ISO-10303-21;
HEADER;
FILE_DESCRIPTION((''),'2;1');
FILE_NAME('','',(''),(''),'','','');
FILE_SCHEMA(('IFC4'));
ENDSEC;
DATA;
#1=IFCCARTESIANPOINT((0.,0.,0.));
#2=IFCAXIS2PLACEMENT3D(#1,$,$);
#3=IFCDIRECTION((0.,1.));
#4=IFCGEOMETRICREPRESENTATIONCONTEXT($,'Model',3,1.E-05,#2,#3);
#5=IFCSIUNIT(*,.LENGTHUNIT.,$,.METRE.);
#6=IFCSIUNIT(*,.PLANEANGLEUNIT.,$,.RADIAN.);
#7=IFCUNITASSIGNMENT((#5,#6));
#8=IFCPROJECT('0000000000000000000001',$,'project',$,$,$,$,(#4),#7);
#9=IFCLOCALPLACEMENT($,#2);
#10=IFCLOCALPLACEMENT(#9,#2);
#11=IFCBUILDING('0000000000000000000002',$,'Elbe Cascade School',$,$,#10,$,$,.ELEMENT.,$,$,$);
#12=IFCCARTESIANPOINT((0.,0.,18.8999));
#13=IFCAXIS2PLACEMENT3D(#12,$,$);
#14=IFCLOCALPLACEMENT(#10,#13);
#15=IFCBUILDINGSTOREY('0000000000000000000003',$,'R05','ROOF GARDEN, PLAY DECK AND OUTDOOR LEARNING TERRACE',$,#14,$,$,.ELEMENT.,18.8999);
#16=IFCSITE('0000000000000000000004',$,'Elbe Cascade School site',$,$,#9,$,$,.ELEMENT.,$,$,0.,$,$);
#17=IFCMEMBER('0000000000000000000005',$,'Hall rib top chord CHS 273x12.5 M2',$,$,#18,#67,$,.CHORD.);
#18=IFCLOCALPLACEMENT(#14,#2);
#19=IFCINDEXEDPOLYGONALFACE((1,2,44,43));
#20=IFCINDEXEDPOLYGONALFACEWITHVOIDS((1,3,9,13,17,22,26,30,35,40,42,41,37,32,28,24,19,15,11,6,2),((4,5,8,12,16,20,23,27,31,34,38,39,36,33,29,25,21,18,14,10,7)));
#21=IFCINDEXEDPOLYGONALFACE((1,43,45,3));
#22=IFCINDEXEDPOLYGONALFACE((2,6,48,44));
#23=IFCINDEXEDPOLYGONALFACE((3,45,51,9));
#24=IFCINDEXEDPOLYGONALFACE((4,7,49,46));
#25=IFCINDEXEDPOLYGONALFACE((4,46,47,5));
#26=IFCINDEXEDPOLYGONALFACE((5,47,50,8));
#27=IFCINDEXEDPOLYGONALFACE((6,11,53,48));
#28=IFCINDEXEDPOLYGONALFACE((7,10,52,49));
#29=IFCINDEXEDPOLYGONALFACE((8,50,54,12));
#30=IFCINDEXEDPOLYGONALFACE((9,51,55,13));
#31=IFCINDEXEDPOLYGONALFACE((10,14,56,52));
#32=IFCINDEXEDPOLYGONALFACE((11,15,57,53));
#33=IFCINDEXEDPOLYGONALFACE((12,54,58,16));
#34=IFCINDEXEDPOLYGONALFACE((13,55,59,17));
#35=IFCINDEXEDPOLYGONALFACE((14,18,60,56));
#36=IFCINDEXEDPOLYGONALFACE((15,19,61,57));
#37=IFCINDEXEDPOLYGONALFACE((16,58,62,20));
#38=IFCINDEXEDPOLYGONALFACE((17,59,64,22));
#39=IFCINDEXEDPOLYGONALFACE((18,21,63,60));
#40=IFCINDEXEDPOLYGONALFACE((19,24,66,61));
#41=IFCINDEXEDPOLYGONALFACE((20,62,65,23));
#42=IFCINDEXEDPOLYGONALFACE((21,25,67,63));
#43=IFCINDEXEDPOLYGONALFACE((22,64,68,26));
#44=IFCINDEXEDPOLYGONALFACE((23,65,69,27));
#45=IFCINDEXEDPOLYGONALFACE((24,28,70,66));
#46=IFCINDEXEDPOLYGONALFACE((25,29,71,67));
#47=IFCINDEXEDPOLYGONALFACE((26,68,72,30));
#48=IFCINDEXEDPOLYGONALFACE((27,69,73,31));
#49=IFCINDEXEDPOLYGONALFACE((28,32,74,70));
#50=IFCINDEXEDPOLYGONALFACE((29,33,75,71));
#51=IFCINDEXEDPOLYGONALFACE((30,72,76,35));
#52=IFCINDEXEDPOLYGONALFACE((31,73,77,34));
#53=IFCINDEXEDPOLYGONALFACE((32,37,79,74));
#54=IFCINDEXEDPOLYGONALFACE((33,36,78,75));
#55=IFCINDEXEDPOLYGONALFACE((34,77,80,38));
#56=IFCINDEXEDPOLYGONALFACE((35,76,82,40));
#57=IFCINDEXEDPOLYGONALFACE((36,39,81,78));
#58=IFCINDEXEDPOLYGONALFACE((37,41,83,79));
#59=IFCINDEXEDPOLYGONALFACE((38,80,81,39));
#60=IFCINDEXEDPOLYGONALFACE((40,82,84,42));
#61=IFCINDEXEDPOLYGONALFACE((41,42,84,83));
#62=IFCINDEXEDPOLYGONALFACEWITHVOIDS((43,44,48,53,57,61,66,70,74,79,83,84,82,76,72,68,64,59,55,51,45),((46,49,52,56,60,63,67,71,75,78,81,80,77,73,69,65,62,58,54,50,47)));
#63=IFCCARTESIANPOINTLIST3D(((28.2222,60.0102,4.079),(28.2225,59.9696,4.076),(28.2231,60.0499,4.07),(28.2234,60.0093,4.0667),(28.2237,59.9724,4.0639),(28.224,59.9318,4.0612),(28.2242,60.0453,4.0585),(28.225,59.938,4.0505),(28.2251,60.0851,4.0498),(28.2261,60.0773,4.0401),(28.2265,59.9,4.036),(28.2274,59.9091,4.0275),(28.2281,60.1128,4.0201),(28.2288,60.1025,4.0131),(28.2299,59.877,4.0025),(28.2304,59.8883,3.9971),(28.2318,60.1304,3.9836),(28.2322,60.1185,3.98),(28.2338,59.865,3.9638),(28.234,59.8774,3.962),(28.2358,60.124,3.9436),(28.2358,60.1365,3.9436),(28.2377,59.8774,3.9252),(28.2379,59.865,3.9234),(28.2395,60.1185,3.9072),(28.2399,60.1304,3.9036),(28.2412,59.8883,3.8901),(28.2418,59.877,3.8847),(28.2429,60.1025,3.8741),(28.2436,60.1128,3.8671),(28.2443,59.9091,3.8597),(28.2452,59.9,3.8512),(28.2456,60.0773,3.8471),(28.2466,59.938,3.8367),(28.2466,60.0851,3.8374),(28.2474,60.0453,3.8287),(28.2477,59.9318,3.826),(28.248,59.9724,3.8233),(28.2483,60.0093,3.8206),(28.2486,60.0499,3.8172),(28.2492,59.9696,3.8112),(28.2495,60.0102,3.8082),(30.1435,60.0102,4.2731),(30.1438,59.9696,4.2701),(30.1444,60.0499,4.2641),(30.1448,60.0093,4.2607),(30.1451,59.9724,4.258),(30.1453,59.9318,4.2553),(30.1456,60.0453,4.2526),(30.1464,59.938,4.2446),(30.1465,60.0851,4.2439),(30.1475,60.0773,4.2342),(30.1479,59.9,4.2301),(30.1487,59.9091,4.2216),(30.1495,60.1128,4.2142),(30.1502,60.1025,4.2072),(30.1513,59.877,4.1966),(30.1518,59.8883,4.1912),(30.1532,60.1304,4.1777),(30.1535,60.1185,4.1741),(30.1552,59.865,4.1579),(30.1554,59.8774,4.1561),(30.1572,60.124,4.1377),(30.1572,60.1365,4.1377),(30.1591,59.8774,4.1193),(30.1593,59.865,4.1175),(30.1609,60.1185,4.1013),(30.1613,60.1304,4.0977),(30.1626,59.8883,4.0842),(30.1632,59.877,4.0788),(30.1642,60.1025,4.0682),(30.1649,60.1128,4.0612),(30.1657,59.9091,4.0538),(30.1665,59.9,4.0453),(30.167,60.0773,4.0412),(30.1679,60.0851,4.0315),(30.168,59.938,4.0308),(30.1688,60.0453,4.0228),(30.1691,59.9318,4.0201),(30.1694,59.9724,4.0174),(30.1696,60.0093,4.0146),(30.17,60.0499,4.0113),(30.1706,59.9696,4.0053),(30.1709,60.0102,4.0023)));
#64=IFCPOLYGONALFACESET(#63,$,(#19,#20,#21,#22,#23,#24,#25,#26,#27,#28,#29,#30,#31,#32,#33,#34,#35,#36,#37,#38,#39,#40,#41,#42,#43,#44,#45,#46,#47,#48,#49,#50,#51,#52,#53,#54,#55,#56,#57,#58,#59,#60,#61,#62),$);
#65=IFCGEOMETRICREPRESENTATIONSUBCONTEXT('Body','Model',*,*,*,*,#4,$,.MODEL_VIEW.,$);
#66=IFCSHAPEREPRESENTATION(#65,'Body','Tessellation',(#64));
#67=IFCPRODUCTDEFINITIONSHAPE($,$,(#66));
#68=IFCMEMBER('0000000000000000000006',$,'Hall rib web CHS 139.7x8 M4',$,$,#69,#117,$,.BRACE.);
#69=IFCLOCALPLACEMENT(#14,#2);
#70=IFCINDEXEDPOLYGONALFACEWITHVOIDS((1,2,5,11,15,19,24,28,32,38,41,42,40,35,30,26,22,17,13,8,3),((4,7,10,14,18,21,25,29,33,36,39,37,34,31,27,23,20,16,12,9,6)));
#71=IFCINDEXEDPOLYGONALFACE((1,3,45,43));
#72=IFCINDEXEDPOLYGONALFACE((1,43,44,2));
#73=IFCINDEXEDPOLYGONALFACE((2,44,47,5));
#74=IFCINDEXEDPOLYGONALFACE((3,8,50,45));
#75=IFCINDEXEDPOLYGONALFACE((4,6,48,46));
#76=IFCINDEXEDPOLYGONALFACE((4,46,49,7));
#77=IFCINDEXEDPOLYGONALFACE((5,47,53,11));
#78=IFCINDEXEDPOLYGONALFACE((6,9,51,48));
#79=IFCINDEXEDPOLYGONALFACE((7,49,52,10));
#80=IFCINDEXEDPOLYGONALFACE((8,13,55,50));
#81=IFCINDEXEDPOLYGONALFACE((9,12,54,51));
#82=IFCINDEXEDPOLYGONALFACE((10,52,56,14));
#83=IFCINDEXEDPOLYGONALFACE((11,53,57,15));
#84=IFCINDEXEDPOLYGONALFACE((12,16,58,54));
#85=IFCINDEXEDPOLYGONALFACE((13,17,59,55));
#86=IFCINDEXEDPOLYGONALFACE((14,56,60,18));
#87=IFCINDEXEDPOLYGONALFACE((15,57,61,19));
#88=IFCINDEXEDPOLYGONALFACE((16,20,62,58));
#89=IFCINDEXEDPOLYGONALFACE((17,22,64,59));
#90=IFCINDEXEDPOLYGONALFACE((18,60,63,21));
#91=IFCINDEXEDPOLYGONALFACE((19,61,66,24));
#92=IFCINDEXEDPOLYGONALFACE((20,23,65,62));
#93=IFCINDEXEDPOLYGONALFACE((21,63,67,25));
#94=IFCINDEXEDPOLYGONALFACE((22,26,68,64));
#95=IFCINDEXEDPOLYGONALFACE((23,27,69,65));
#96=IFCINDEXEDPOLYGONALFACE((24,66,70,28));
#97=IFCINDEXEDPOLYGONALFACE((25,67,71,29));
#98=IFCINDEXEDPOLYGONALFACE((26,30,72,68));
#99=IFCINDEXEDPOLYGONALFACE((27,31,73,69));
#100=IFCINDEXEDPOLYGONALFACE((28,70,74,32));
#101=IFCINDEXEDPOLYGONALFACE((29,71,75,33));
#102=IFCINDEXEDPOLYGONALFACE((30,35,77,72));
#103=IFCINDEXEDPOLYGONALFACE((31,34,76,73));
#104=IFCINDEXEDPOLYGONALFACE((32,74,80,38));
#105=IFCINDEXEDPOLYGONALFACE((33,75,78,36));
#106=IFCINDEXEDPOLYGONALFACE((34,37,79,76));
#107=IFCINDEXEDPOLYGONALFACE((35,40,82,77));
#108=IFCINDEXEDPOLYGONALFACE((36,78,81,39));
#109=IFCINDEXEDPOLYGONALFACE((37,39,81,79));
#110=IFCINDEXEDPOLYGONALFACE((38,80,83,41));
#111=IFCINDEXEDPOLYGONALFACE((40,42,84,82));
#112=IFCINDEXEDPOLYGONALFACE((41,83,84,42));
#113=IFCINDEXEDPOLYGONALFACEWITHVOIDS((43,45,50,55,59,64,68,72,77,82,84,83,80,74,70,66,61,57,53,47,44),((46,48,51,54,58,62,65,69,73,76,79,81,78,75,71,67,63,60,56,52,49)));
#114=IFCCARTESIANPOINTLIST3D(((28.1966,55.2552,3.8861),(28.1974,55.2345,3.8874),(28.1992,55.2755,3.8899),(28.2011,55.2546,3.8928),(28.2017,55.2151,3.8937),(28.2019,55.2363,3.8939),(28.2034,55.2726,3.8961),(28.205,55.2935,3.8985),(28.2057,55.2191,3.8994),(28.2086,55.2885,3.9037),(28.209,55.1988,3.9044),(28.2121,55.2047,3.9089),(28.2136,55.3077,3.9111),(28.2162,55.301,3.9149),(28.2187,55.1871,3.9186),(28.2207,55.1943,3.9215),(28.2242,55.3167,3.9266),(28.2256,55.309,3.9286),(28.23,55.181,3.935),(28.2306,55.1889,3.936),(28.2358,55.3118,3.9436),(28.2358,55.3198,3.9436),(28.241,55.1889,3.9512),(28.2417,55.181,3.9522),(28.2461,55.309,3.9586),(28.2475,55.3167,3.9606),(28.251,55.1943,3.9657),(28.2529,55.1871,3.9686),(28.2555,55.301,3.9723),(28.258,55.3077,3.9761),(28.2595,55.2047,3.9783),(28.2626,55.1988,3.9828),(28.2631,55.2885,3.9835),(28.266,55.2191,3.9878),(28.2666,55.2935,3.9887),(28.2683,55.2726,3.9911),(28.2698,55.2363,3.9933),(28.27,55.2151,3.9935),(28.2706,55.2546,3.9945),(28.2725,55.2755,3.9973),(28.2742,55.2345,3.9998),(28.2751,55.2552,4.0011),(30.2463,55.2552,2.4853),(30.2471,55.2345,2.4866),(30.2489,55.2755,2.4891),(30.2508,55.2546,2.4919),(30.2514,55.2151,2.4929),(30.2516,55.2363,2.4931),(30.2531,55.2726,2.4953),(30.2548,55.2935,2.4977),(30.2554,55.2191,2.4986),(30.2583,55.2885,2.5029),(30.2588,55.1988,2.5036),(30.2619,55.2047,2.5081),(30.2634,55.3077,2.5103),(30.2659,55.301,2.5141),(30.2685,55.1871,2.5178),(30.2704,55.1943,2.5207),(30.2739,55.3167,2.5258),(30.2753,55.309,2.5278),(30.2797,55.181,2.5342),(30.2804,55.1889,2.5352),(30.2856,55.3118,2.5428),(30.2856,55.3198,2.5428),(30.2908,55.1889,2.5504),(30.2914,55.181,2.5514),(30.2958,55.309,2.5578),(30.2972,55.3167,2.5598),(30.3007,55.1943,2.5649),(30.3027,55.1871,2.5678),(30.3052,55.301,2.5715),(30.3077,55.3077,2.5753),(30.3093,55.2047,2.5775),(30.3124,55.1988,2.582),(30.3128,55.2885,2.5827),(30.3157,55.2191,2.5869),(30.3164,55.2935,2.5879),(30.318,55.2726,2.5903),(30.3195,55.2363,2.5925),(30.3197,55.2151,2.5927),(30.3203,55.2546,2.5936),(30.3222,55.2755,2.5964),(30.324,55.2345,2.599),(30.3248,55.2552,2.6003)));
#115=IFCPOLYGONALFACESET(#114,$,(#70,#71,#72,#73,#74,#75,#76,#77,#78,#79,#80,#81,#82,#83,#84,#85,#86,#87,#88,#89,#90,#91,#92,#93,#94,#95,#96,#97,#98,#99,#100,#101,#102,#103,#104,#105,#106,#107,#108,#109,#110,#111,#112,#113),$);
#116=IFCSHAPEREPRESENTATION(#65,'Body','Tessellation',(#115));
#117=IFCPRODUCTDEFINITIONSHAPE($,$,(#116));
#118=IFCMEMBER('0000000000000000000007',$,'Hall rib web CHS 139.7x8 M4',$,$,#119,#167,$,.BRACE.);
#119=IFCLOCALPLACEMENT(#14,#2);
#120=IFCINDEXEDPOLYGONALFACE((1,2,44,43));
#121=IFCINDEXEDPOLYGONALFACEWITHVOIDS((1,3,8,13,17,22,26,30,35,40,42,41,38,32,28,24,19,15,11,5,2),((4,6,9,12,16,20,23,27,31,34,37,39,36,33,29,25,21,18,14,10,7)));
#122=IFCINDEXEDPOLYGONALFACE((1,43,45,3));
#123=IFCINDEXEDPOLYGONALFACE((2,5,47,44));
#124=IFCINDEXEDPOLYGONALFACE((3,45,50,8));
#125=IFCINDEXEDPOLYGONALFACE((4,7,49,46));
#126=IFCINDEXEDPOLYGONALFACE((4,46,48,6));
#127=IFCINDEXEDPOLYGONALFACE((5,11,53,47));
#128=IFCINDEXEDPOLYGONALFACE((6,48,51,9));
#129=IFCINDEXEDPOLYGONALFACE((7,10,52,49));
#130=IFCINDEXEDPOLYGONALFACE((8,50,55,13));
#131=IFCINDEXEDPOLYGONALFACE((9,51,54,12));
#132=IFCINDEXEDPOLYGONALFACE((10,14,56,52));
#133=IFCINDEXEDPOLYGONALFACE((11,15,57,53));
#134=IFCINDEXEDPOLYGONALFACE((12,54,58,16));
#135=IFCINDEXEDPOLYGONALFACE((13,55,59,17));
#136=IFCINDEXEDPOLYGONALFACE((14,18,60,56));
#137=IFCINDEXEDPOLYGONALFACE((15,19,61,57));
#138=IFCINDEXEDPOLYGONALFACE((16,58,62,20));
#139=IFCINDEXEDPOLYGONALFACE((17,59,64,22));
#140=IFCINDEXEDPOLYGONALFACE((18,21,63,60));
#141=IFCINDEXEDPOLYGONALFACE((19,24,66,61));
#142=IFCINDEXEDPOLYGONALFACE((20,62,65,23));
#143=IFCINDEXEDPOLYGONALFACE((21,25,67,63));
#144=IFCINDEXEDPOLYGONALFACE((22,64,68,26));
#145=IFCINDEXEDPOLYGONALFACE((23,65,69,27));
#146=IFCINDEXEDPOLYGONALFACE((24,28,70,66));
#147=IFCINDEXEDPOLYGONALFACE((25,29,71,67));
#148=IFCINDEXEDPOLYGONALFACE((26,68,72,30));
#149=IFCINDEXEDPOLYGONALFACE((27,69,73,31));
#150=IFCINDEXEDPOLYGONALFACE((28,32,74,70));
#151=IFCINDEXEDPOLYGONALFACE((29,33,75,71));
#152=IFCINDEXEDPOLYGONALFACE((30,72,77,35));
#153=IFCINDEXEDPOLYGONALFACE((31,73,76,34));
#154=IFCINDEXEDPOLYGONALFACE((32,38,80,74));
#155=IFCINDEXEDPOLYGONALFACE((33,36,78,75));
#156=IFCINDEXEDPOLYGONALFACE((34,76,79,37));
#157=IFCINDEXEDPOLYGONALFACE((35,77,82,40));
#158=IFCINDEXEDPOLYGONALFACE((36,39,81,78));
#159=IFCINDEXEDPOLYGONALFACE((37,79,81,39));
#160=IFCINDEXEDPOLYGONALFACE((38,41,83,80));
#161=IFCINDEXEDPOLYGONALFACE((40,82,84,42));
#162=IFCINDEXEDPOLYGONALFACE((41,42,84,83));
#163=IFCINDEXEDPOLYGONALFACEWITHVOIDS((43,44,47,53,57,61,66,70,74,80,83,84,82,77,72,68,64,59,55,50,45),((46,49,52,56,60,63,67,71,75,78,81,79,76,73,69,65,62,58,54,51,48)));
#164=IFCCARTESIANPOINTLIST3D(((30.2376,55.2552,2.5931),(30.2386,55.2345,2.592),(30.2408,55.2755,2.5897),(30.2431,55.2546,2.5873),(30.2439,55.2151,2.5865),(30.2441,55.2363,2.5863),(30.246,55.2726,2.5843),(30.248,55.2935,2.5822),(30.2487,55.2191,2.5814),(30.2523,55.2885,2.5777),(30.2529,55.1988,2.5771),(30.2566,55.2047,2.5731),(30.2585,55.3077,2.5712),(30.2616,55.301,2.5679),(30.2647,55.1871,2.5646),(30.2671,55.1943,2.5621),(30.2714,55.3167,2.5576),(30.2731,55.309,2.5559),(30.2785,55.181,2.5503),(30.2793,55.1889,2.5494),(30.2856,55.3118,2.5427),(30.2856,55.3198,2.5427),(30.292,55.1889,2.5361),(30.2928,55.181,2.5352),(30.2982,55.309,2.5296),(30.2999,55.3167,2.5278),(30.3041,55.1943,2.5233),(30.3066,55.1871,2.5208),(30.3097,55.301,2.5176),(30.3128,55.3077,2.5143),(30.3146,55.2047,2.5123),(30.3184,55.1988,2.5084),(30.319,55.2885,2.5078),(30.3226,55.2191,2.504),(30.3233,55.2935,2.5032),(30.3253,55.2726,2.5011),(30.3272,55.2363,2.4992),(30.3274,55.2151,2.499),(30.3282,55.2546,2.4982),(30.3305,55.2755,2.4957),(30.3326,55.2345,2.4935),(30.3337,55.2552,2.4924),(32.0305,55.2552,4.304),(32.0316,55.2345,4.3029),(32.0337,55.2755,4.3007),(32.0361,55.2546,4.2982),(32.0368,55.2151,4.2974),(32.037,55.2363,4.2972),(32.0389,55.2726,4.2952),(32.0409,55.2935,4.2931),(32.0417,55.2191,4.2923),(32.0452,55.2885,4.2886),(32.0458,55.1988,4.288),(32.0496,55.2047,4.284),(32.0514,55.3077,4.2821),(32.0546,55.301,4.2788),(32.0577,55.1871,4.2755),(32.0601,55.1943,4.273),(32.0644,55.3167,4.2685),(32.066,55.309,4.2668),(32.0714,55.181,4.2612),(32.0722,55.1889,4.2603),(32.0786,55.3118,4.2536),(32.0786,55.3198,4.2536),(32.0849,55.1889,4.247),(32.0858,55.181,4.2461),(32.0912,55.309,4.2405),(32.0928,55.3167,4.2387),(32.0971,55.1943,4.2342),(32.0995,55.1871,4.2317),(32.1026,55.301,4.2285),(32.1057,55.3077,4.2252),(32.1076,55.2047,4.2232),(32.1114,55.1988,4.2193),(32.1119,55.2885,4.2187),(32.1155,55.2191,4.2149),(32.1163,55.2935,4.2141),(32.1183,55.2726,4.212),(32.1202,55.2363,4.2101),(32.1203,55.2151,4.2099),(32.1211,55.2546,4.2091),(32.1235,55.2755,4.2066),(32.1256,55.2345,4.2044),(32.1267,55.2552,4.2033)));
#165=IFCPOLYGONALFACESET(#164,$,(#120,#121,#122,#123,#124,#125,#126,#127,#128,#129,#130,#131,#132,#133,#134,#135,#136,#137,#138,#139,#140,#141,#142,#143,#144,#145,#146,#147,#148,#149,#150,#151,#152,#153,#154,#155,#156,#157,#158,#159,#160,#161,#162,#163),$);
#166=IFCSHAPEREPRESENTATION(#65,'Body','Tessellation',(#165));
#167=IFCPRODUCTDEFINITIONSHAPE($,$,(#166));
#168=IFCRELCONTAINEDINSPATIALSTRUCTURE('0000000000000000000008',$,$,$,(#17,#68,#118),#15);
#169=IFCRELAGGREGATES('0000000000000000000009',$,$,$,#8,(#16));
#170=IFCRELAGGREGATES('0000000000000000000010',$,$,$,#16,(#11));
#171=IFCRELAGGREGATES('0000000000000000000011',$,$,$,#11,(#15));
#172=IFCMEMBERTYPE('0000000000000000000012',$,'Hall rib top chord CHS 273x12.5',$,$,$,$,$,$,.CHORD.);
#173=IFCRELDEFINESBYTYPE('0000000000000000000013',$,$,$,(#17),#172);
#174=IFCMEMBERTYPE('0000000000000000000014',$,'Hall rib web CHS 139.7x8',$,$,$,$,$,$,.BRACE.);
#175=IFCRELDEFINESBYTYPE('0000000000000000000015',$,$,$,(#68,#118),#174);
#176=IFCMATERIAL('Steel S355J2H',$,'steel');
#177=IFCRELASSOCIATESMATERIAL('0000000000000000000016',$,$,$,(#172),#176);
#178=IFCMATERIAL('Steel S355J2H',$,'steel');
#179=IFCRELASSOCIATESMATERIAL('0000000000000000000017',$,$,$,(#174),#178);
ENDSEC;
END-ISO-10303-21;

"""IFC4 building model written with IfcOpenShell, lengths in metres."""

from ifc_helpers import new_model, si_unit, direction, frame, origin, origin_2d, place, context, subcontext, project, spatial, hollow_circle, extrude, material, material_profile, profile_set, type_object, element, save


model = new_model("IFC4")

# Units and contexts
model_context = context("Model", 3, precision=1e-05, world=origin(), true_north=direction((0.0, 1.0)))
body_context = subcontext(model_context, "Body", "Model", "MODEL_VIEW")
ifc_project = project(units=[si_unit("LENGTHUNIT", "METRE"), si_unit("PLANEANGLEUNIT", "RADIAN")], contexts=[model_context])

# Site, building, storey
site_placement = place(None, origin())
site = spatial("IfcSite", under=ifc_project, at=site_placement, Name="Elbe Cascade School site", CompositionType="ELEMENT", RefElevation=0.0)
building_placement = place(site_placement, origin())
building = spatial("IfcBuilding", under=site, at=building_placement, Name="Elbe Cascade School", CompositionType="ELEMENT")
storey_placement = place(building_placement, frame((0.0, 0.0, 18.8999)))
storey = spatial("IfcBuildingStorey", under=building, at=storey_placement, Name="R05", Description="ROOF GARDEN, PLAY DECK AND OUTDOOR LEARNING TERRACE", CompositionType="ELEMENT", Elevation=18.8999)

# Members
ifc_material_1 = material(Name="Steel S355J2H", Category="steel")
ifc_material_profile_1 = material_profile(ifc_material_1, hollow_circle(Radius=0.1365, WallThickness=0.0125, at=origin_2d()), Name="CHS 273x12.5")
ifc_profile_set_1 = profile_set([ifc_material_profile_1], Name="Steel S355J2H")
member_type_1 = type_object("IfcMemberType", Name="Hall rib top chord CHS 273x12.5", PredefinedType="CHORD", material=ifc_profile_set_1)
member_1_placement = place(storey_placement, frame((28.2358, 60.0, 3.9436), z_axis=(0.994937, 0.0, 0.100505), x_axis=(0.0, 1.0, 0.0)))
element("IfcMember", 1, at=member_1_placement, inside=storey, type_object=member_type_1, Name="Hall rib top chord CHS 273x12.5 M2", PredefinedType="CHORD", context=body_context, shape_type="SweptSolid", body=[
    extrude(hollow_circle(Radius=0.1365, WallThickness=0.0125, at=origin_2d()), origin(), (0.0, 0.0, 1.0), 1.9312),
])
ifc_material_2 = material(Name="Steel S355J2H", Category="steel")
ifc_material_profile_2 = material_profile(ifc_material_2, hollow_circle(Radius=0.0698, WallThickness=0.0081, at=origin_2d()), Name="CHS 139.7x8")
ifc_profile_set_2 = profile_set([ifc_material_profile_2], Name="Steel S355J2H")
member_type_2 = type_object("IfcMemberType", Name="Hall rib web CHS 139.7x8", PredefinedType="BRACE", material=ifc_profile_set_2)
member_2_placement = place(storey_placement, frame((28.2358, 55.25, 3.9436), z_axis=(0.825611, 0.0, -0.56424), x_axis=(0.0, 1.0, 0.0)))
element("IfcMember", 2, at=member_2_placement, inside=storey, type_object=member_type_2, Name="Hall rib web CHS 139.7x8 M4", PredefinedType="BRACE", context=body_context, shape_type="SweptSolid", body=[
    extrude(hollow_circle(Radius=0.0698, WallThickness=0.0081, at=origin_2d()), origin(), (0.0, 0.0, 1.0), 2.4827),
])
member_3_placement = place(storey_placement, frame((30.2856, 55.25, 2.5427), z_axis=(0.723463, 0.0, 0.690363), x_axis=(0.0, 1.0, 0.0)))
element("IfcMember", 3, at=member_3_placement, inside=storey, type_object=member_type_2, Name="Hall rib web CHS 139.7x8 M4", PredefinedType="BRACE", context=body_context, shape_type="SweptSolid", body=[
    extrude(hollow_circle(Radius=0.0698, WallThickness=0.0081, at=origin_2d()), origin(), (0.0, 0.0, 1.0), 2.4783),
])

save(model, "model.ifc")
